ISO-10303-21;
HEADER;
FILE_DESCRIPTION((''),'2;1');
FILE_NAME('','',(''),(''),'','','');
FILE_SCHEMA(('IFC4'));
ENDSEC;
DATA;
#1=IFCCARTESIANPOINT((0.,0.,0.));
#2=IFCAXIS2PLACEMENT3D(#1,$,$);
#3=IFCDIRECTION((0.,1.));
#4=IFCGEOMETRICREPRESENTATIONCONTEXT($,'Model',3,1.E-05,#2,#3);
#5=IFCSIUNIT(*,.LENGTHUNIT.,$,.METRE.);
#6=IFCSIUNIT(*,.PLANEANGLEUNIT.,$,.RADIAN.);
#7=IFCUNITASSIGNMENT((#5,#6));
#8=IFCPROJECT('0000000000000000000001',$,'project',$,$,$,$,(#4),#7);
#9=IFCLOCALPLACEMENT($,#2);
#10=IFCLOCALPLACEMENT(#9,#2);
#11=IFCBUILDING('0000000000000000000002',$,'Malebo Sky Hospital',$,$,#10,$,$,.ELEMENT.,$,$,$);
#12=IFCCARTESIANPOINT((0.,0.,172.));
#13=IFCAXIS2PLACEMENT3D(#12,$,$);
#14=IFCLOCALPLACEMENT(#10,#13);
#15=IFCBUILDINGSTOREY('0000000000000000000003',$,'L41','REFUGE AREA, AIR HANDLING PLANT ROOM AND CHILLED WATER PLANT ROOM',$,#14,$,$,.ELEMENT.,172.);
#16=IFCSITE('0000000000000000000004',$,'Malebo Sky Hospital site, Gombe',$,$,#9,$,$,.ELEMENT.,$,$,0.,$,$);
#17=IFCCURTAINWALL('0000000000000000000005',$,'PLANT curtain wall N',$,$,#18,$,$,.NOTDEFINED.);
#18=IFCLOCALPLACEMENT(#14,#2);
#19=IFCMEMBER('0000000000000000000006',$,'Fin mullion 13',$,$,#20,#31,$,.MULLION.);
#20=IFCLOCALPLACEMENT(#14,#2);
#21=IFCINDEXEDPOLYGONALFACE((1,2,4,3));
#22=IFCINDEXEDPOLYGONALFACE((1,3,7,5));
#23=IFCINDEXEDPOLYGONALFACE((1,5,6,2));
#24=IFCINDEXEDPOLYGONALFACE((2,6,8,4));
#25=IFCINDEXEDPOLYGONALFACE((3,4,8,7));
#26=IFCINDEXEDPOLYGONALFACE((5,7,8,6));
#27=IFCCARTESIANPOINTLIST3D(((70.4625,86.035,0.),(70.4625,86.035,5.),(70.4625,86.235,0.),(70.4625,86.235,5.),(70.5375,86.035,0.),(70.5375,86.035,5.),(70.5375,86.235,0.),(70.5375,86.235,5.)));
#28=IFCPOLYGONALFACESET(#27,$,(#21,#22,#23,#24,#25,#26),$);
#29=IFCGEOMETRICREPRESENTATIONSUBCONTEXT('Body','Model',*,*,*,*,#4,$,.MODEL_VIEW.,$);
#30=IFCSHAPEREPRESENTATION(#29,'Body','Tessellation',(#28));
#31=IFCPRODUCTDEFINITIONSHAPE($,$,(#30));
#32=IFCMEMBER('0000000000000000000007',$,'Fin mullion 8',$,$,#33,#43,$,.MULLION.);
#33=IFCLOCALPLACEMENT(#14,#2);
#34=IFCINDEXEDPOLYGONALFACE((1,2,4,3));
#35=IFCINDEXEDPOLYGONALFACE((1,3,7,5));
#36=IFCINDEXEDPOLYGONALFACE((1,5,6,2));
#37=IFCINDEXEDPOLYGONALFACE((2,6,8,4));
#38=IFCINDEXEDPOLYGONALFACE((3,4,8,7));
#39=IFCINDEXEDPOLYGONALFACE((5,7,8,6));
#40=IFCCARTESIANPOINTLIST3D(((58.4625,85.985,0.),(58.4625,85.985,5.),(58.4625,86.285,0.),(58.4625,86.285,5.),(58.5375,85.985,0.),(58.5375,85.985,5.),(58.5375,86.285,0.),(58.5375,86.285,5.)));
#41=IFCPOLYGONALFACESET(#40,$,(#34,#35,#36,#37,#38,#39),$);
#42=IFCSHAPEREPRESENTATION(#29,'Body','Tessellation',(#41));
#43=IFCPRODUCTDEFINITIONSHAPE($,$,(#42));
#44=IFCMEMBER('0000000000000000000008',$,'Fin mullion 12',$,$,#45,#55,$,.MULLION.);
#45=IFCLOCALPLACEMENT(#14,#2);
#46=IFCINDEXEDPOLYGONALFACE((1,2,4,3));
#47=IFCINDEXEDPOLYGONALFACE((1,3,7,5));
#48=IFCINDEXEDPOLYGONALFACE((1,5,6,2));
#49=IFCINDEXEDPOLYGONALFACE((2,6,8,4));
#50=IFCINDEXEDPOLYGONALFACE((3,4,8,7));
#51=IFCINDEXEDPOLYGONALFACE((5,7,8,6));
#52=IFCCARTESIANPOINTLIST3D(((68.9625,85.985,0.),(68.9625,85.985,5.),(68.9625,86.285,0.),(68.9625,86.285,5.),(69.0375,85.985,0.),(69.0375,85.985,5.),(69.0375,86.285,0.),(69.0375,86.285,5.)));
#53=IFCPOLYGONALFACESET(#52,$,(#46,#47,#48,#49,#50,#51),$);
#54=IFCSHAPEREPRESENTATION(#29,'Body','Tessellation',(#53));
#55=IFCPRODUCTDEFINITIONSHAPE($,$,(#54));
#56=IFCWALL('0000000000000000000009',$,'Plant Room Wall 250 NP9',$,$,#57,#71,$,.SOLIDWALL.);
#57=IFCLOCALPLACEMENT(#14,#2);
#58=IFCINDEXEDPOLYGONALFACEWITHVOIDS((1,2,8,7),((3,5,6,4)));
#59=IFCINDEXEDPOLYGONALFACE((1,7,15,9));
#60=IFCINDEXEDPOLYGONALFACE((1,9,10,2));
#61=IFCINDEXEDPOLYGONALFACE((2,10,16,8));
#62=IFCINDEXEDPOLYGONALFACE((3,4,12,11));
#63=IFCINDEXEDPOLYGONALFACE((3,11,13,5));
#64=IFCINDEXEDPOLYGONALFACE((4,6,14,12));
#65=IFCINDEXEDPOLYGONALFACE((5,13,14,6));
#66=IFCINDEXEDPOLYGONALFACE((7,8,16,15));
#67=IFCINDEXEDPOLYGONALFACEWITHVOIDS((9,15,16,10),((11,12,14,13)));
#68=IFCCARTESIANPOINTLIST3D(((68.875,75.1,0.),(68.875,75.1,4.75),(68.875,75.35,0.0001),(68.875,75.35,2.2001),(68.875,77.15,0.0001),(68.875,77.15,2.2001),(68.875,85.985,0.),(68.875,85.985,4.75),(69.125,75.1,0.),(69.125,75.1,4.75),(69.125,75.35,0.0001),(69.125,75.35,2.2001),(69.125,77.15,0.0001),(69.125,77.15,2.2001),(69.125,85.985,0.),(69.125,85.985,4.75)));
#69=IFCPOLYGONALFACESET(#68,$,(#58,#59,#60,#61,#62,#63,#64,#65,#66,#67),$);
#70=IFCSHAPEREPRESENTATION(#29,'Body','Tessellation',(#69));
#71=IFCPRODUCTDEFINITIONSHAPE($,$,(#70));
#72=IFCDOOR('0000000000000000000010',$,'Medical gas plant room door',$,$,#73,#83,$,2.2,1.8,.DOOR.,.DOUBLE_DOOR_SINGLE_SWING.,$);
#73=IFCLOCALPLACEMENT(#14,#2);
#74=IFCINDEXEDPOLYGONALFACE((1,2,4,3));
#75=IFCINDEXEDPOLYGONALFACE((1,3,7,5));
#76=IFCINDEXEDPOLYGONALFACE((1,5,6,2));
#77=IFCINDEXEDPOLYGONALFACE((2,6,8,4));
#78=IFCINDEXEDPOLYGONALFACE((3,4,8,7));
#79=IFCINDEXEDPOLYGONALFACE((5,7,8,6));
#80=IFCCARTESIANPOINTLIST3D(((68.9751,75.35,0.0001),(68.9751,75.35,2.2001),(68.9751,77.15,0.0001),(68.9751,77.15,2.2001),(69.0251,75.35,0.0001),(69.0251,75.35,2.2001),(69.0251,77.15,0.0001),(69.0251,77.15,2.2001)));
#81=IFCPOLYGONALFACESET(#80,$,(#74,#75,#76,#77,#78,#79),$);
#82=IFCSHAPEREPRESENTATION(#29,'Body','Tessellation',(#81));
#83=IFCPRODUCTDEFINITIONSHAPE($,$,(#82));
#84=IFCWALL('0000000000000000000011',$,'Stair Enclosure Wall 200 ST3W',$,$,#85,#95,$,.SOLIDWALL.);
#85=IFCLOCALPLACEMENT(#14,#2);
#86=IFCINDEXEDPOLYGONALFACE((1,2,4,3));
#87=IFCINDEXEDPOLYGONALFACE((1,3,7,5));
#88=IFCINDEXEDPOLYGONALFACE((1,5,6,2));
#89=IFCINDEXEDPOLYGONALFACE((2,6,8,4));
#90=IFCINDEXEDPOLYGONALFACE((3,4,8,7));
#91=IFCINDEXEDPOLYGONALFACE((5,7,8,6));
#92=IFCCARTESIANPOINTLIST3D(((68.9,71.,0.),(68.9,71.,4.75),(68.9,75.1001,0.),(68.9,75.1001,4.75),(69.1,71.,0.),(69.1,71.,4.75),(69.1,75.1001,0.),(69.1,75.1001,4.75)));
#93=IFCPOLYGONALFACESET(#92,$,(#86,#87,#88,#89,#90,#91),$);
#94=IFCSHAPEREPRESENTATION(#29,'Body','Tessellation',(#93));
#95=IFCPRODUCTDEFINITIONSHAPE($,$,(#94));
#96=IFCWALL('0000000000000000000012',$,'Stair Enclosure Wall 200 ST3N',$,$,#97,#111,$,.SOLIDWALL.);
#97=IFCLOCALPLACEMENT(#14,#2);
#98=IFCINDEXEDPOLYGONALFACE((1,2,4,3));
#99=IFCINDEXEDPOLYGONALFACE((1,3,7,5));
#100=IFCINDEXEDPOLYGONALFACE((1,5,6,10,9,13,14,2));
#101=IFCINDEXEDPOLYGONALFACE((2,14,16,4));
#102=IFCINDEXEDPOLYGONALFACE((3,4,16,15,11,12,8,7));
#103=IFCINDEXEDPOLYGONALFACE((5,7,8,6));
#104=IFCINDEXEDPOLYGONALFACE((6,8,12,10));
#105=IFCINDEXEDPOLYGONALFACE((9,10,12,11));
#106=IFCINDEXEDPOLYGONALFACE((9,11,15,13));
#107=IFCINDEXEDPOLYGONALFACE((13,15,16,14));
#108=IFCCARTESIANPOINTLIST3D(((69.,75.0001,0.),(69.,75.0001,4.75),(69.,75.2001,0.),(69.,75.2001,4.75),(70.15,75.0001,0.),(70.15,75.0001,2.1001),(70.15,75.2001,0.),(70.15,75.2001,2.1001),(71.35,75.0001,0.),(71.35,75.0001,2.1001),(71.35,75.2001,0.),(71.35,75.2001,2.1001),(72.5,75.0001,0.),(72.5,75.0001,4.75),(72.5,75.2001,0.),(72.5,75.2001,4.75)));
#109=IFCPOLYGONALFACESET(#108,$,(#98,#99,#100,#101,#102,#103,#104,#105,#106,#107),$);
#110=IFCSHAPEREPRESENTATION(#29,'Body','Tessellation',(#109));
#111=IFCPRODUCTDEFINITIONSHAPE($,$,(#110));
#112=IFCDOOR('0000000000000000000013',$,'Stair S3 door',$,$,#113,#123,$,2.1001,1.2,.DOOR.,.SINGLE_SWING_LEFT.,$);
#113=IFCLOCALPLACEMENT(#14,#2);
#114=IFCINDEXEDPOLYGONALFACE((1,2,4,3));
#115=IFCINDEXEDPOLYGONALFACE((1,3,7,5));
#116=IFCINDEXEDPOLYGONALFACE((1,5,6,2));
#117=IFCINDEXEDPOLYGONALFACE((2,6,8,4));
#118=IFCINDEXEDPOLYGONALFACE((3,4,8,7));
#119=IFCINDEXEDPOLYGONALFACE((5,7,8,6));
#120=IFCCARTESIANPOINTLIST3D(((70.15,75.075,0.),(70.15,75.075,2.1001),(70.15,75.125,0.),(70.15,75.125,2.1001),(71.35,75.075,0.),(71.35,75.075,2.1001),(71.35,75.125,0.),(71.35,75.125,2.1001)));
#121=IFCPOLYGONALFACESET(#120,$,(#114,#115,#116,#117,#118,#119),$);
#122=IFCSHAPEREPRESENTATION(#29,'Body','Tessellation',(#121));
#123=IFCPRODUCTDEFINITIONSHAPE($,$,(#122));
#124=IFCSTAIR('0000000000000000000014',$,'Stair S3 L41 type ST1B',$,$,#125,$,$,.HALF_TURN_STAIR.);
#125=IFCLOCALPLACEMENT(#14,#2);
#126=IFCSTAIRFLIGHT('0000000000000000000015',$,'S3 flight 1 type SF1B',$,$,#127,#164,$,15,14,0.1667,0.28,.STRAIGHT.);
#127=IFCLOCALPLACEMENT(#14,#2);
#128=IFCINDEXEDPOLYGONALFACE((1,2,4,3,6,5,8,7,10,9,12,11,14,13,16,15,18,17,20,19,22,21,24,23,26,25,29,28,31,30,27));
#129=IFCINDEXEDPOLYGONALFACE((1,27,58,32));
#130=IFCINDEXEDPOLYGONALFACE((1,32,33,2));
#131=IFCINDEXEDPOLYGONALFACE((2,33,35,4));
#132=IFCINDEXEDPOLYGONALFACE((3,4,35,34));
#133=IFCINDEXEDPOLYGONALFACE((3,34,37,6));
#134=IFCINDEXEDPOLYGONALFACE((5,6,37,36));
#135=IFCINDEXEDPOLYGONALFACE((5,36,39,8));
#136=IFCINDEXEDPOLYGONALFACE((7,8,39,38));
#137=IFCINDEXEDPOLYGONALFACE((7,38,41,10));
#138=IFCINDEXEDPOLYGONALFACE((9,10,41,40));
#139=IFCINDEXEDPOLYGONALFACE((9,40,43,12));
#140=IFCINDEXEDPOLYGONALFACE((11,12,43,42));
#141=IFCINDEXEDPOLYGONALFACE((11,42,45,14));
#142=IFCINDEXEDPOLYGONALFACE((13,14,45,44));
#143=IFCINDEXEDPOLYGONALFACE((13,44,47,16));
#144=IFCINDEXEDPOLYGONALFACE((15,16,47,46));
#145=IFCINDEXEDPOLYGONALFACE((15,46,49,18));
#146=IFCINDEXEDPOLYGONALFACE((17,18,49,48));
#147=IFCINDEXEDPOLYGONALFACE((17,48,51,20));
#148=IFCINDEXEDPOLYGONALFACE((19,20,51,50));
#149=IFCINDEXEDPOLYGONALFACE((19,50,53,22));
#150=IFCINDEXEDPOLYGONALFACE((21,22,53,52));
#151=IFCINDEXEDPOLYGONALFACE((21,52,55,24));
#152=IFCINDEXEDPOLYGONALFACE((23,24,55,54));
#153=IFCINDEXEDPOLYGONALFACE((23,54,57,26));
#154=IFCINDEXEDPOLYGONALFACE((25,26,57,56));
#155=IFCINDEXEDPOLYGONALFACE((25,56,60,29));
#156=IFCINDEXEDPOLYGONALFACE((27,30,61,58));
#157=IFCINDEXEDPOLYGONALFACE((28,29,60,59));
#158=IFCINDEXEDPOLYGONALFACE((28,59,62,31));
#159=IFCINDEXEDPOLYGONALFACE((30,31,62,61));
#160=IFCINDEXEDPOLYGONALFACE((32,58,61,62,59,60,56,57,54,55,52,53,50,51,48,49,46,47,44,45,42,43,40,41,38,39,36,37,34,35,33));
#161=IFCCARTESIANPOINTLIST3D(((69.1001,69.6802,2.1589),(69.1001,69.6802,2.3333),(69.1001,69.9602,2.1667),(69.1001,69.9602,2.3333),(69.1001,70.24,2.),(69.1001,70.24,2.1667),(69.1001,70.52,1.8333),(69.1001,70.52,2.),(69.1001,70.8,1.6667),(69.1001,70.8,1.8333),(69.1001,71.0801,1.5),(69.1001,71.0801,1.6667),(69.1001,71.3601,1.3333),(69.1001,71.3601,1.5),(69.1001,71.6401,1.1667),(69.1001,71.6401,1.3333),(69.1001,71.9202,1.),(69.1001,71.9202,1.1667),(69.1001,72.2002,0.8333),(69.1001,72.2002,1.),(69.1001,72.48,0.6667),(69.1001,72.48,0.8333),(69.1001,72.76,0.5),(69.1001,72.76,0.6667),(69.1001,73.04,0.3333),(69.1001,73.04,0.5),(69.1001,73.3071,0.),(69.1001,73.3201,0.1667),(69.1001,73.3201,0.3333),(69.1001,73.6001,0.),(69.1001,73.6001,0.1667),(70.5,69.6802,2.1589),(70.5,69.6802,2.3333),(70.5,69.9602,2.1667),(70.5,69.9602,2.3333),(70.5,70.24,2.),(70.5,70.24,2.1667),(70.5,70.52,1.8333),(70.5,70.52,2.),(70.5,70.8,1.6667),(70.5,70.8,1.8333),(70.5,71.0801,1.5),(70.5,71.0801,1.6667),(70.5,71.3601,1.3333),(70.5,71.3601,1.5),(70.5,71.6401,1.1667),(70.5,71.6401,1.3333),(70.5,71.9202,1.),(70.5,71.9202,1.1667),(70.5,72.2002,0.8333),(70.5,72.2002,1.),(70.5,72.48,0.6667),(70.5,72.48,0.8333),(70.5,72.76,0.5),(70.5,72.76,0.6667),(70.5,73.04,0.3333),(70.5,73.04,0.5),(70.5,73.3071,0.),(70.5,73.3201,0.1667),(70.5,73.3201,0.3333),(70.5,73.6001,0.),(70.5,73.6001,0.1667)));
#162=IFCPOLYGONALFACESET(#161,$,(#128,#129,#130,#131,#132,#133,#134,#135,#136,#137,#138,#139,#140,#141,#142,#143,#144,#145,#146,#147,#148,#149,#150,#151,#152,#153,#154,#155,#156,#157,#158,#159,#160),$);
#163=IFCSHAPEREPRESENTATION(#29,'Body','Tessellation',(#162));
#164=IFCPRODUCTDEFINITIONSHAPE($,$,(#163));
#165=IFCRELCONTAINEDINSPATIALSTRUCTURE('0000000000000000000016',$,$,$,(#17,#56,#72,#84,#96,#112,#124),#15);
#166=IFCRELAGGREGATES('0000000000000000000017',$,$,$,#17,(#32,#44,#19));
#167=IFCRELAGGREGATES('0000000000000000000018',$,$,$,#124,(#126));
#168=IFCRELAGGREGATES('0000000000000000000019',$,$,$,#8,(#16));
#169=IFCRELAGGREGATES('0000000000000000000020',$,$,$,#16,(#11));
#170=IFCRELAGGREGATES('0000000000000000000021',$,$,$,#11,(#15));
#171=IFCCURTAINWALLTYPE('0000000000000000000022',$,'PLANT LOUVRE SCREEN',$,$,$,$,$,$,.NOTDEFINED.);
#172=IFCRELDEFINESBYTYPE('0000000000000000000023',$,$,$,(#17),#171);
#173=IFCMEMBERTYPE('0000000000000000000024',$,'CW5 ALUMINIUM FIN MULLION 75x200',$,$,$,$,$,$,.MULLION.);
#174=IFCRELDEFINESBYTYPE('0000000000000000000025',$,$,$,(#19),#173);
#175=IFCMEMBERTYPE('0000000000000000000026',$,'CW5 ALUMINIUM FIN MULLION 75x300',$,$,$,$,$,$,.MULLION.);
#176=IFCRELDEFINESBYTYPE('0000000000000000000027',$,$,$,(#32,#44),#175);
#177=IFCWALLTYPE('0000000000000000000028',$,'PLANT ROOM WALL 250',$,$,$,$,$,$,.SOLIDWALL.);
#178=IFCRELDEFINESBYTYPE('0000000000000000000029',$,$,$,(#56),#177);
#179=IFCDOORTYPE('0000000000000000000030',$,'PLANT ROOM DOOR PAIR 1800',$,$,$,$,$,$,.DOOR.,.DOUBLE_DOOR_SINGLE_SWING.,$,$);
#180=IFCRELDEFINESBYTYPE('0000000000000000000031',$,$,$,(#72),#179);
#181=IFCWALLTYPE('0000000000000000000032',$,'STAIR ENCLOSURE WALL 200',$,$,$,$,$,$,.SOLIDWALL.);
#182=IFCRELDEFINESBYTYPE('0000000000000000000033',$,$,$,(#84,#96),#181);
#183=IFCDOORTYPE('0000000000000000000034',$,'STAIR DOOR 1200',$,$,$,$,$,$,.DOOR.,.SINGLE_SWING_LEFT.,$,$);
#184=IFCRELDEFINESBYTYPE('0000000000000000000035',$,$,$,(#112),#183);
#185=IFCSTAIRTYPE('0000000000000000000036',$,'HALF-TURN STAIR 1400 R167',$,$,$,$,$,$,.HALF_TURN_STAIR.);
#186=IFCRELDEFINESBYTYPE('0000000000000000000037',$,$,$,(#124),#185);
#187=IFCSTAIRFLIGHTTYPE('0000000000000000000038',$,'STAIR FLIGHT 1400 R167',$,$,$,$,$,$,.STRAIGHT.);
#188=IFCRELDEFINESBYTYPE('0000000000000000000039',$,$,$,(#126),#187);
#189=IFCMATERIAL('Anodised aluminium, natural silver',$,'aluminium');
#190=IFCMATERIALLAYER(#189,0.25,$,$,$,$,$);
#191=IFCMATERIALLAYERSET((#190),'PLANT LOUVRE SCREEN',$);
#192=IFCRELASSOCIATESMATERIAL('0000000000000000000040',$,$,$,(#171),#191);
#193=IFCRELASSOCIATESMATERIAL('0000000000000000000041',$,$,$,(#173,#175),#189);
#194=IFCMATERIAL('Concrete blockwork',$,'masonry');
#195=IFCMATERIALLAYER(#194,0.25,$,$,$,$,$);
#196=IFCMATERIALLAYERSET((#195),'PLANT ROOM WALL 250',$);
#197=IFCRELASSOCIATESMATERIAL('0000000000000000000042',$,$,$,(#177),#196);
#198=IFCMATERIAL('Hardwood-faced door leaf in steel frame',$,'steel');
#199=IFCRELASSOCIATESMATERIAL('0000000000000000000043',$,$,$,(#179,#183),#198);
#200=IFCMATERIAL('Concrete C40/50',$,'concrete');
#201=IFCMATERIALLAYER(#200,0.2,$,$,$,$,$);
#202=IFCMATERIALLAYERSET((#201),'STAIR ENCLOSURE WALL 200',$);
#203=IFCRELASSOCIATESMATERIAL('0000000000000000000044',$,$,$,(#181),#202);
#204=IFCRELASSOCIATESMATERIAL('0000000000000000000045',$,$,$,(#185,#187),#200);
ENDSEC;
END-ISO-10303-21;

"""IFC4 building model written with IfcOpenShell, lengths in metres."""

from ifc_helpers import new_model, si_unit, direction, frame, frame_2d, origin, origin_2d, place, context, subcontext, project, spatial, polyline, rectangle, outline, extrude, material, layer, layer_set, material_profile, profile_set, type_object, element, fill, aggregate, save


model = new_model("IFC4")

# Units and contexts
model_context = context("Model", 3, precision=1e-05, world=origin(), true_north=direction((0.0, 1.0)))
body_context = subcontext(model_context, "Body", "Model", "MODEL_VIEW")
ifc_project = project(units=[si_unit("LENGTHUNIT", "METRE"), si_unit("PLANEANGLEUNIT", "RADIAN")], contexts=[model_context])

# Site, building, storey
site_placement = place(None, origin())
site = spatial("IfcSite", under=ifc_project, at=site_placement, Name="Malebo Sky Hospital site, Gombe", CompositionType="ELEMENT", RefElevation=0.0)
building_placement = place(site_placement, origin())
building = spatial("IfcBuilding", under=site, at=building_placement, Name="Malebo Sky Hospital", CompositionType="ELEMENT")
storey_placement = place(building_placement, frame((0.0, 0.0, 172.0)))
storey = spatial("IfcBuildingStorey", under=building, at=storey_placement, Name="L41", Description="REFUGE AREA, AIR HANDLING PLANT ROOM AND CHILLED WATER PLANT ROOM", CompositionType="ELEMENT", Elevation=172.0)

# Curtain wall, members
ifc_material_1 = material(Name="Anodised aluminium, natural silver", Category="aluminium")
ifc_layer_1 = layer(ifc_material_1, 0.25)
ifc_layer_set_1 = layer_set([ifc_layer_1], Name="PLANT LOUVRE SCREEN")
curtain_wall_type = type_object("IfcCurtainWallType", Name="PLANT LOUVRE SCREEN", PredefinedType="NOTDEFINED", material=ifc_layer_set_1)
curtain_wall_placement = place(storey_placement, origin())
curtain_wall = element("IfcCurtainWall", 1, at=curtain_wall_placement, inside=storey, type_object=curtain_wall_type, Name="PLANT curtain wall N", PredefinedType="NOTDEFINED")
ifc_material_profile_1 = material_profile(ifc_material_1, rectangle(XDim=0.075, YDim=0.2, at=origin_2d()), Name="CW5 ALUMINIUM FIN MULLION 75x200")
ifc_profile_set_1 = profile_set([ifc_material_profile_1], Name="Anodised aluminium, natural silver")
member_type_1 = type_object("IfcMemberType", Name="CW5 ALUMINIUM FIN MULLION 75x200", PredefinedType="MULLION", material=ifc_profile_set_1)
member_1_placement = place(storey_placement, frame((70.5, 86.135, 0.0), z_axis=(0.0, 0.0, 1.0), x_axis=(1.0, 0.0, 0.0)))
member_1 = element("IfcMember", 2, at=member_1_placement, type_object=member_type_1, Name="Fin mullion 13", PredefinedType="MULLION", context=body_context, shape_type="SweptSolid", body=[
    extrude(rectangle(XDim=0.075, YDim=0.2, at=origin_2d()), origin(), (0.0, 0.0, 1.0), 5.0),
])
ifc_material_profile_2 = material_profile(ifc_material_1, rectangle(XDim=0.075, YDim=0.3, at=origin_2d()), Name="CW5 ALUMINIUM FIN MULLION 75x300")
ifc_profile_set_2 = profile_set([ifc_material_profile_2], Name="Anodised aluminium, natural silver")
member_type_2 = type_object("IfcMemberType", Name="CW5 ALUMINIUM FIN MULLION 75x300", PredefinedType="MULLION", material=ifc_profile_set_2)
member_2_placement = place(storey_placement, frame((58.5, 86.135, 0.0), z_axis=(0.0, 0.0, 1.0), x_axis=(1.0, 0.0, 0.0)))
member_2 = element("IfcMember", 3, at=member_2_placement, type_object=member_type_2, Name="Fin mullion 8", PredefinedType="MULLION", context=body_context, shape_type="SweptSolid", body=[
    extrude(rectangle(XDim=0.075, YDim=0.3, at=origin_2d()), origin(), (0.0, 0.0, 1.0), 5.0),
])
member_3_placement = place(storey_placement, frame((69.0, 86.135, 0.0), z_axis=(0.0, 0.0, 1.0), x_axis=(1.0, 0.0, 0.0)))
member_3 = element("IfcMember", 4, at=member_3_placement, type_object=member_type_2, Name="Fin mullion 12", PredefinedType="MULLION", context=body_context, shape_type="SweptSolid", body=[
    extrude(rectangle(XDim=0.075, YDim=0.3, at=origin_2d()), origin(), (0.0, 0.0, 1.0), 5.0),
])
aggregate(curtain_wall, [member_2, member_3, member_1])

# Wall, opening, door
ifc_material_2 = material(Name="Concrete blockwork", Category="masonry")
ifc_layer_2 = layer(ifc_material_2, 0.25)
ifc_layer_set_2 = layer_set([ifc_layer_2], Name="PLANT ROOM WALL 250")
wall_type_1 = type_object("IfcWallType", Name="PLANT ROOM WALL 250", PredefinedType="SOLIDWALL", material=ifc_layer_set_2)
wall_1_placement = place(storey_placement, frame((69.0, 75.1001, 0.0), z_axis=(0.0, 0.0, 1.0), x_axis=(0.0, 1.0, 0.0)))
wall_1 = element("IfcWall", 5, at=wall_1_placement, inside=storey, type_object=wall_type_1, Name="Plant Room Wall 250 NP9", PredefinedType="SOLIDWALL", context=body_context, shape_type="SweptSolid", body=[
    extrude(rectangle(XDim=10.885, YDim=0.25, at=frame_2d((5.4424, 0.0))), origin(), (0.0, 0.0, 1.0), 4.75),
])
opening_1_placement = place(wall_1_placement, frame((0.25, 0.0, 0.0)))
opening_1 = element("IfcOpeningElement", 6, at=opening_1_placement, cuts=wall_1, PredefinedType="OPENING", context=body_context, shape_type="SweptSolid", body=[
    extrude(rectangle(XDim=1.8, YDim=2.2, at=frame_2d((0.8999, 1.1001))), frame((0.0, 0.135, 0.0), z_axis=(0.0, -1.0, 0.0), x_axis=(1.0, 0.0, 0.0)), (0.0, 0.0, 1.0), 0.27),
])
ifc_material_3 = material(Name="Hardwood-faced door leaf in steel frame", Category="steel")
door_type_1 = type_object("IfcDoorType", Name="PLANT ROOM DOOR PAIR 1800", OperationType="DOUBLE_DOOR_SINGLE_SWING", PredefinedType="DOOR", material=ifc_material_3)
door_1_placement = place(opening_1_placement, origin())
door_1 = element("IfcDoor", 7, at=door_1_placement, inside=storey, type_object=door_type_1, Name="Medical gas plant room door", OperationType="DOUBLE_DOOR_SINGLE_SWING", OverallHeight=2.2, OverallWidth=1.8, PredefinedType="DOOR", context=body_context, shape_type="SweptSolid", body=[
    extrude(rectangle(XDim=1.8, YDim=2.2, at=frame_2d((0.8999, 1.1001))), frame((0.0, 0.0249, 0.0), z_axis=(0.0, -1.0, 0.0), x_axis=(1.0, 0.0, 0.0)), (0.0, 0.0, 1.0), 0.05),
])
fill(opening_1, door_1)

# Wall
ifc_material_4 = material(Name="Concrete C40/50", Category="concrete")
ifc_layer_3 = layer(ifc_material_4, 0.2)
ifc_layer_set_3 = layer_set([ifc_layer_3], Name="STAIR ENCLOSURE WALL 200")
wall_type_2 = type_object("IfcWallType", Name="STAIR ENCLOSURE WALL 200", PredefinedType="SOLIDWALL", material=ifc_layer_set_3)
wall_2_placement = place(storey_placement, frame((69.0, 71.0, 0.0), z_axis=(0.0, 0.0, 1.0), x_axis=(0.0, 1.0, 0.0)))
element("IfcWall", 8, at=wall_2_placement, inside=storey, type_object=wall_type_2, Name="Stair Enclosure Wall 200 ST3W", PredefinedType="SOLIDWALL", context=body_context, shape_type="SweptSolid", body=[
    extrude(rectangle(XDim=4.1001, YDim=0.2, at=frame_2d((2.05, 0.0))), origin(), (0.0, 0.0, 1.0), 4.75),
])

# Wall, opening, door
wall_3_placement = place(storey_placement, frame((69.0, 75.1001, 0.0), z_axis=(0.0, 0.0, 1.0), x_axis=(1.0, 0.0, 0.0)))
wall_3 = element("IfcWall", 9, at=wall_3_placement, inside=storey, type_object=wall_type_2, Name="Stair Enclosure Wall 200 ST3N", PredefinedType="SOLIDWALL", context=body_context, shape_type="SweptSolid", body=[
    extrude(rectangle(XDim=3.5, YDim=0.2, at=frame_2d((1.75, 0.0))), origin(), (0.0, 0.0, 1.0), 4.75),
])
opening_2_placement = place(wall_3_placement, frame((1.1499, 0.0, 0.0)))
opening_2 = element("IfcOpeningElement", 10, at=opening_2_placement, cuts=wall_3, PredefinedType="OPENING", context=body_context, shape_type="SweptSolid", body=[
    extrude(rectangle(XDim=1.2, YDim=2.1001, at=frame_2d((0.6001, 1.05))), frame((0.0, 0.1099, 0.0), z_axis=(0.0, -1.0, 0.0), x_axis=(1.0, 0.0, 0.0)), (0.0, 0.0, 1.0), 0.22),
])
door_type_2 = type_object("IfcDoorType", Name="STAIR DOOR 1200", OperationType="SINGLE_SWING_LEFT", PredefinedType="DOOR", material=ifc_material_3)
door_2_placement = place(opening_2_placement, origin())
door_2 = element("IfcDoor", 11, at=door_2_placement, inside=storey, type_object=door_type_2, Name="Stair S3 door", OperationType="SINGLE_SWING_LEFT", OverallHeight=2.1001, OverallWidth=1.2, PredefinedType="DOOR", context=body_context, shape_type="SweptSolid", body=[
    extrude(rectangle(XDim=1.2, YDim=2.1001, at=frame_2d((0.6001, 1.05))), frame((0.0, 0.0249, 0.0), z_axis=(0.0, -1.0, 0.0), x_axis=(1.0, 0.0, 0.0)), (0.0, 0.0, 1.0), 0.05),
])
fill(opening_2, door_2)

# Stair, stair flight
stair_type = type_object("IfcStairType", Name="HALF-TURN STAIR 1400 R167", PredefinedType="HALF_TURN_STAIR", material=ifc_material_4)
stair_placement = place(storey_placement, origin())
stair = element("IfcStair", 12, at=stair_placement, inside=storey, type_object=stair_type, Name="Stair S3 L41 type ST1B", PredefinedType="HALF_TURN_STAIR")
stair_flight_type = type_object("IfcStairFlightType", Name="STAIR FLIGHT 1400 R167", PredefinedType="STRAIGHT", material=ifc_material_4)
stair_flight_placement = place(storey_placement, frame((69.8, 73.6001, 0.0), z_axis=(0.0, 0.0, 1.0), x_axis=(0.0, -1.0, 0.0)))
stair_flight = element("IfcStairFlight", 13, at=stair_flight_placement, type_object=stair_flight_type, Name="S3 flight 1 type SF1B", NumberOfRisers=15, NumberOfTreads=14, PredefinedType="STRAIGHT", RiserHeight=0.1667, TreadLength=0.28, context=body_context, shape_type="SweptSolid", body=[
    extrude(outline(polyline([(0.0, 0.0), (0.0, 0.1667), (0.28, 0.1667), (0.28, 0.3333), (0.5601, 0.3333), (0.5601, 0.5), (0.8401, 0.5), (0.8401, 0.6667), (1.1201, 0.6667), (1.1201, 0.8333), (1.3999, 0.8333), (1.3999, 1.0), (1.6799, 1.0), (1.6799, 1.1667), (1.96, 1.1667), (1.96, 1.3333), (2.24, 1.3333), (2.24, 1.5), (2.52, 1.5), (2.52, 1.6667), (2.8, 1.6667), (2.8, 1.8333), (3.0801, 1.8333), (3.0801, 2.0), (3.3601, 2.0), (3.3601, 2.1667), (3.6399, 2.1667), (3.6399, 2.3333), (3.9199, 2.3333), (3.9199, 2.5), (3.9199, 2.1589), (0.293, 0.0), (0.0, 0.0)])), frame((0.0, 0.7, 0.0), z_axis=(0.0, -1.0, 0.0), x_axis=(1.0, 0.0, 0.0)), (0.0, 0.0, 1.0), 1.3999),
])
aggregate(stair, [stair_flight])

save(model, "model.ifc")
